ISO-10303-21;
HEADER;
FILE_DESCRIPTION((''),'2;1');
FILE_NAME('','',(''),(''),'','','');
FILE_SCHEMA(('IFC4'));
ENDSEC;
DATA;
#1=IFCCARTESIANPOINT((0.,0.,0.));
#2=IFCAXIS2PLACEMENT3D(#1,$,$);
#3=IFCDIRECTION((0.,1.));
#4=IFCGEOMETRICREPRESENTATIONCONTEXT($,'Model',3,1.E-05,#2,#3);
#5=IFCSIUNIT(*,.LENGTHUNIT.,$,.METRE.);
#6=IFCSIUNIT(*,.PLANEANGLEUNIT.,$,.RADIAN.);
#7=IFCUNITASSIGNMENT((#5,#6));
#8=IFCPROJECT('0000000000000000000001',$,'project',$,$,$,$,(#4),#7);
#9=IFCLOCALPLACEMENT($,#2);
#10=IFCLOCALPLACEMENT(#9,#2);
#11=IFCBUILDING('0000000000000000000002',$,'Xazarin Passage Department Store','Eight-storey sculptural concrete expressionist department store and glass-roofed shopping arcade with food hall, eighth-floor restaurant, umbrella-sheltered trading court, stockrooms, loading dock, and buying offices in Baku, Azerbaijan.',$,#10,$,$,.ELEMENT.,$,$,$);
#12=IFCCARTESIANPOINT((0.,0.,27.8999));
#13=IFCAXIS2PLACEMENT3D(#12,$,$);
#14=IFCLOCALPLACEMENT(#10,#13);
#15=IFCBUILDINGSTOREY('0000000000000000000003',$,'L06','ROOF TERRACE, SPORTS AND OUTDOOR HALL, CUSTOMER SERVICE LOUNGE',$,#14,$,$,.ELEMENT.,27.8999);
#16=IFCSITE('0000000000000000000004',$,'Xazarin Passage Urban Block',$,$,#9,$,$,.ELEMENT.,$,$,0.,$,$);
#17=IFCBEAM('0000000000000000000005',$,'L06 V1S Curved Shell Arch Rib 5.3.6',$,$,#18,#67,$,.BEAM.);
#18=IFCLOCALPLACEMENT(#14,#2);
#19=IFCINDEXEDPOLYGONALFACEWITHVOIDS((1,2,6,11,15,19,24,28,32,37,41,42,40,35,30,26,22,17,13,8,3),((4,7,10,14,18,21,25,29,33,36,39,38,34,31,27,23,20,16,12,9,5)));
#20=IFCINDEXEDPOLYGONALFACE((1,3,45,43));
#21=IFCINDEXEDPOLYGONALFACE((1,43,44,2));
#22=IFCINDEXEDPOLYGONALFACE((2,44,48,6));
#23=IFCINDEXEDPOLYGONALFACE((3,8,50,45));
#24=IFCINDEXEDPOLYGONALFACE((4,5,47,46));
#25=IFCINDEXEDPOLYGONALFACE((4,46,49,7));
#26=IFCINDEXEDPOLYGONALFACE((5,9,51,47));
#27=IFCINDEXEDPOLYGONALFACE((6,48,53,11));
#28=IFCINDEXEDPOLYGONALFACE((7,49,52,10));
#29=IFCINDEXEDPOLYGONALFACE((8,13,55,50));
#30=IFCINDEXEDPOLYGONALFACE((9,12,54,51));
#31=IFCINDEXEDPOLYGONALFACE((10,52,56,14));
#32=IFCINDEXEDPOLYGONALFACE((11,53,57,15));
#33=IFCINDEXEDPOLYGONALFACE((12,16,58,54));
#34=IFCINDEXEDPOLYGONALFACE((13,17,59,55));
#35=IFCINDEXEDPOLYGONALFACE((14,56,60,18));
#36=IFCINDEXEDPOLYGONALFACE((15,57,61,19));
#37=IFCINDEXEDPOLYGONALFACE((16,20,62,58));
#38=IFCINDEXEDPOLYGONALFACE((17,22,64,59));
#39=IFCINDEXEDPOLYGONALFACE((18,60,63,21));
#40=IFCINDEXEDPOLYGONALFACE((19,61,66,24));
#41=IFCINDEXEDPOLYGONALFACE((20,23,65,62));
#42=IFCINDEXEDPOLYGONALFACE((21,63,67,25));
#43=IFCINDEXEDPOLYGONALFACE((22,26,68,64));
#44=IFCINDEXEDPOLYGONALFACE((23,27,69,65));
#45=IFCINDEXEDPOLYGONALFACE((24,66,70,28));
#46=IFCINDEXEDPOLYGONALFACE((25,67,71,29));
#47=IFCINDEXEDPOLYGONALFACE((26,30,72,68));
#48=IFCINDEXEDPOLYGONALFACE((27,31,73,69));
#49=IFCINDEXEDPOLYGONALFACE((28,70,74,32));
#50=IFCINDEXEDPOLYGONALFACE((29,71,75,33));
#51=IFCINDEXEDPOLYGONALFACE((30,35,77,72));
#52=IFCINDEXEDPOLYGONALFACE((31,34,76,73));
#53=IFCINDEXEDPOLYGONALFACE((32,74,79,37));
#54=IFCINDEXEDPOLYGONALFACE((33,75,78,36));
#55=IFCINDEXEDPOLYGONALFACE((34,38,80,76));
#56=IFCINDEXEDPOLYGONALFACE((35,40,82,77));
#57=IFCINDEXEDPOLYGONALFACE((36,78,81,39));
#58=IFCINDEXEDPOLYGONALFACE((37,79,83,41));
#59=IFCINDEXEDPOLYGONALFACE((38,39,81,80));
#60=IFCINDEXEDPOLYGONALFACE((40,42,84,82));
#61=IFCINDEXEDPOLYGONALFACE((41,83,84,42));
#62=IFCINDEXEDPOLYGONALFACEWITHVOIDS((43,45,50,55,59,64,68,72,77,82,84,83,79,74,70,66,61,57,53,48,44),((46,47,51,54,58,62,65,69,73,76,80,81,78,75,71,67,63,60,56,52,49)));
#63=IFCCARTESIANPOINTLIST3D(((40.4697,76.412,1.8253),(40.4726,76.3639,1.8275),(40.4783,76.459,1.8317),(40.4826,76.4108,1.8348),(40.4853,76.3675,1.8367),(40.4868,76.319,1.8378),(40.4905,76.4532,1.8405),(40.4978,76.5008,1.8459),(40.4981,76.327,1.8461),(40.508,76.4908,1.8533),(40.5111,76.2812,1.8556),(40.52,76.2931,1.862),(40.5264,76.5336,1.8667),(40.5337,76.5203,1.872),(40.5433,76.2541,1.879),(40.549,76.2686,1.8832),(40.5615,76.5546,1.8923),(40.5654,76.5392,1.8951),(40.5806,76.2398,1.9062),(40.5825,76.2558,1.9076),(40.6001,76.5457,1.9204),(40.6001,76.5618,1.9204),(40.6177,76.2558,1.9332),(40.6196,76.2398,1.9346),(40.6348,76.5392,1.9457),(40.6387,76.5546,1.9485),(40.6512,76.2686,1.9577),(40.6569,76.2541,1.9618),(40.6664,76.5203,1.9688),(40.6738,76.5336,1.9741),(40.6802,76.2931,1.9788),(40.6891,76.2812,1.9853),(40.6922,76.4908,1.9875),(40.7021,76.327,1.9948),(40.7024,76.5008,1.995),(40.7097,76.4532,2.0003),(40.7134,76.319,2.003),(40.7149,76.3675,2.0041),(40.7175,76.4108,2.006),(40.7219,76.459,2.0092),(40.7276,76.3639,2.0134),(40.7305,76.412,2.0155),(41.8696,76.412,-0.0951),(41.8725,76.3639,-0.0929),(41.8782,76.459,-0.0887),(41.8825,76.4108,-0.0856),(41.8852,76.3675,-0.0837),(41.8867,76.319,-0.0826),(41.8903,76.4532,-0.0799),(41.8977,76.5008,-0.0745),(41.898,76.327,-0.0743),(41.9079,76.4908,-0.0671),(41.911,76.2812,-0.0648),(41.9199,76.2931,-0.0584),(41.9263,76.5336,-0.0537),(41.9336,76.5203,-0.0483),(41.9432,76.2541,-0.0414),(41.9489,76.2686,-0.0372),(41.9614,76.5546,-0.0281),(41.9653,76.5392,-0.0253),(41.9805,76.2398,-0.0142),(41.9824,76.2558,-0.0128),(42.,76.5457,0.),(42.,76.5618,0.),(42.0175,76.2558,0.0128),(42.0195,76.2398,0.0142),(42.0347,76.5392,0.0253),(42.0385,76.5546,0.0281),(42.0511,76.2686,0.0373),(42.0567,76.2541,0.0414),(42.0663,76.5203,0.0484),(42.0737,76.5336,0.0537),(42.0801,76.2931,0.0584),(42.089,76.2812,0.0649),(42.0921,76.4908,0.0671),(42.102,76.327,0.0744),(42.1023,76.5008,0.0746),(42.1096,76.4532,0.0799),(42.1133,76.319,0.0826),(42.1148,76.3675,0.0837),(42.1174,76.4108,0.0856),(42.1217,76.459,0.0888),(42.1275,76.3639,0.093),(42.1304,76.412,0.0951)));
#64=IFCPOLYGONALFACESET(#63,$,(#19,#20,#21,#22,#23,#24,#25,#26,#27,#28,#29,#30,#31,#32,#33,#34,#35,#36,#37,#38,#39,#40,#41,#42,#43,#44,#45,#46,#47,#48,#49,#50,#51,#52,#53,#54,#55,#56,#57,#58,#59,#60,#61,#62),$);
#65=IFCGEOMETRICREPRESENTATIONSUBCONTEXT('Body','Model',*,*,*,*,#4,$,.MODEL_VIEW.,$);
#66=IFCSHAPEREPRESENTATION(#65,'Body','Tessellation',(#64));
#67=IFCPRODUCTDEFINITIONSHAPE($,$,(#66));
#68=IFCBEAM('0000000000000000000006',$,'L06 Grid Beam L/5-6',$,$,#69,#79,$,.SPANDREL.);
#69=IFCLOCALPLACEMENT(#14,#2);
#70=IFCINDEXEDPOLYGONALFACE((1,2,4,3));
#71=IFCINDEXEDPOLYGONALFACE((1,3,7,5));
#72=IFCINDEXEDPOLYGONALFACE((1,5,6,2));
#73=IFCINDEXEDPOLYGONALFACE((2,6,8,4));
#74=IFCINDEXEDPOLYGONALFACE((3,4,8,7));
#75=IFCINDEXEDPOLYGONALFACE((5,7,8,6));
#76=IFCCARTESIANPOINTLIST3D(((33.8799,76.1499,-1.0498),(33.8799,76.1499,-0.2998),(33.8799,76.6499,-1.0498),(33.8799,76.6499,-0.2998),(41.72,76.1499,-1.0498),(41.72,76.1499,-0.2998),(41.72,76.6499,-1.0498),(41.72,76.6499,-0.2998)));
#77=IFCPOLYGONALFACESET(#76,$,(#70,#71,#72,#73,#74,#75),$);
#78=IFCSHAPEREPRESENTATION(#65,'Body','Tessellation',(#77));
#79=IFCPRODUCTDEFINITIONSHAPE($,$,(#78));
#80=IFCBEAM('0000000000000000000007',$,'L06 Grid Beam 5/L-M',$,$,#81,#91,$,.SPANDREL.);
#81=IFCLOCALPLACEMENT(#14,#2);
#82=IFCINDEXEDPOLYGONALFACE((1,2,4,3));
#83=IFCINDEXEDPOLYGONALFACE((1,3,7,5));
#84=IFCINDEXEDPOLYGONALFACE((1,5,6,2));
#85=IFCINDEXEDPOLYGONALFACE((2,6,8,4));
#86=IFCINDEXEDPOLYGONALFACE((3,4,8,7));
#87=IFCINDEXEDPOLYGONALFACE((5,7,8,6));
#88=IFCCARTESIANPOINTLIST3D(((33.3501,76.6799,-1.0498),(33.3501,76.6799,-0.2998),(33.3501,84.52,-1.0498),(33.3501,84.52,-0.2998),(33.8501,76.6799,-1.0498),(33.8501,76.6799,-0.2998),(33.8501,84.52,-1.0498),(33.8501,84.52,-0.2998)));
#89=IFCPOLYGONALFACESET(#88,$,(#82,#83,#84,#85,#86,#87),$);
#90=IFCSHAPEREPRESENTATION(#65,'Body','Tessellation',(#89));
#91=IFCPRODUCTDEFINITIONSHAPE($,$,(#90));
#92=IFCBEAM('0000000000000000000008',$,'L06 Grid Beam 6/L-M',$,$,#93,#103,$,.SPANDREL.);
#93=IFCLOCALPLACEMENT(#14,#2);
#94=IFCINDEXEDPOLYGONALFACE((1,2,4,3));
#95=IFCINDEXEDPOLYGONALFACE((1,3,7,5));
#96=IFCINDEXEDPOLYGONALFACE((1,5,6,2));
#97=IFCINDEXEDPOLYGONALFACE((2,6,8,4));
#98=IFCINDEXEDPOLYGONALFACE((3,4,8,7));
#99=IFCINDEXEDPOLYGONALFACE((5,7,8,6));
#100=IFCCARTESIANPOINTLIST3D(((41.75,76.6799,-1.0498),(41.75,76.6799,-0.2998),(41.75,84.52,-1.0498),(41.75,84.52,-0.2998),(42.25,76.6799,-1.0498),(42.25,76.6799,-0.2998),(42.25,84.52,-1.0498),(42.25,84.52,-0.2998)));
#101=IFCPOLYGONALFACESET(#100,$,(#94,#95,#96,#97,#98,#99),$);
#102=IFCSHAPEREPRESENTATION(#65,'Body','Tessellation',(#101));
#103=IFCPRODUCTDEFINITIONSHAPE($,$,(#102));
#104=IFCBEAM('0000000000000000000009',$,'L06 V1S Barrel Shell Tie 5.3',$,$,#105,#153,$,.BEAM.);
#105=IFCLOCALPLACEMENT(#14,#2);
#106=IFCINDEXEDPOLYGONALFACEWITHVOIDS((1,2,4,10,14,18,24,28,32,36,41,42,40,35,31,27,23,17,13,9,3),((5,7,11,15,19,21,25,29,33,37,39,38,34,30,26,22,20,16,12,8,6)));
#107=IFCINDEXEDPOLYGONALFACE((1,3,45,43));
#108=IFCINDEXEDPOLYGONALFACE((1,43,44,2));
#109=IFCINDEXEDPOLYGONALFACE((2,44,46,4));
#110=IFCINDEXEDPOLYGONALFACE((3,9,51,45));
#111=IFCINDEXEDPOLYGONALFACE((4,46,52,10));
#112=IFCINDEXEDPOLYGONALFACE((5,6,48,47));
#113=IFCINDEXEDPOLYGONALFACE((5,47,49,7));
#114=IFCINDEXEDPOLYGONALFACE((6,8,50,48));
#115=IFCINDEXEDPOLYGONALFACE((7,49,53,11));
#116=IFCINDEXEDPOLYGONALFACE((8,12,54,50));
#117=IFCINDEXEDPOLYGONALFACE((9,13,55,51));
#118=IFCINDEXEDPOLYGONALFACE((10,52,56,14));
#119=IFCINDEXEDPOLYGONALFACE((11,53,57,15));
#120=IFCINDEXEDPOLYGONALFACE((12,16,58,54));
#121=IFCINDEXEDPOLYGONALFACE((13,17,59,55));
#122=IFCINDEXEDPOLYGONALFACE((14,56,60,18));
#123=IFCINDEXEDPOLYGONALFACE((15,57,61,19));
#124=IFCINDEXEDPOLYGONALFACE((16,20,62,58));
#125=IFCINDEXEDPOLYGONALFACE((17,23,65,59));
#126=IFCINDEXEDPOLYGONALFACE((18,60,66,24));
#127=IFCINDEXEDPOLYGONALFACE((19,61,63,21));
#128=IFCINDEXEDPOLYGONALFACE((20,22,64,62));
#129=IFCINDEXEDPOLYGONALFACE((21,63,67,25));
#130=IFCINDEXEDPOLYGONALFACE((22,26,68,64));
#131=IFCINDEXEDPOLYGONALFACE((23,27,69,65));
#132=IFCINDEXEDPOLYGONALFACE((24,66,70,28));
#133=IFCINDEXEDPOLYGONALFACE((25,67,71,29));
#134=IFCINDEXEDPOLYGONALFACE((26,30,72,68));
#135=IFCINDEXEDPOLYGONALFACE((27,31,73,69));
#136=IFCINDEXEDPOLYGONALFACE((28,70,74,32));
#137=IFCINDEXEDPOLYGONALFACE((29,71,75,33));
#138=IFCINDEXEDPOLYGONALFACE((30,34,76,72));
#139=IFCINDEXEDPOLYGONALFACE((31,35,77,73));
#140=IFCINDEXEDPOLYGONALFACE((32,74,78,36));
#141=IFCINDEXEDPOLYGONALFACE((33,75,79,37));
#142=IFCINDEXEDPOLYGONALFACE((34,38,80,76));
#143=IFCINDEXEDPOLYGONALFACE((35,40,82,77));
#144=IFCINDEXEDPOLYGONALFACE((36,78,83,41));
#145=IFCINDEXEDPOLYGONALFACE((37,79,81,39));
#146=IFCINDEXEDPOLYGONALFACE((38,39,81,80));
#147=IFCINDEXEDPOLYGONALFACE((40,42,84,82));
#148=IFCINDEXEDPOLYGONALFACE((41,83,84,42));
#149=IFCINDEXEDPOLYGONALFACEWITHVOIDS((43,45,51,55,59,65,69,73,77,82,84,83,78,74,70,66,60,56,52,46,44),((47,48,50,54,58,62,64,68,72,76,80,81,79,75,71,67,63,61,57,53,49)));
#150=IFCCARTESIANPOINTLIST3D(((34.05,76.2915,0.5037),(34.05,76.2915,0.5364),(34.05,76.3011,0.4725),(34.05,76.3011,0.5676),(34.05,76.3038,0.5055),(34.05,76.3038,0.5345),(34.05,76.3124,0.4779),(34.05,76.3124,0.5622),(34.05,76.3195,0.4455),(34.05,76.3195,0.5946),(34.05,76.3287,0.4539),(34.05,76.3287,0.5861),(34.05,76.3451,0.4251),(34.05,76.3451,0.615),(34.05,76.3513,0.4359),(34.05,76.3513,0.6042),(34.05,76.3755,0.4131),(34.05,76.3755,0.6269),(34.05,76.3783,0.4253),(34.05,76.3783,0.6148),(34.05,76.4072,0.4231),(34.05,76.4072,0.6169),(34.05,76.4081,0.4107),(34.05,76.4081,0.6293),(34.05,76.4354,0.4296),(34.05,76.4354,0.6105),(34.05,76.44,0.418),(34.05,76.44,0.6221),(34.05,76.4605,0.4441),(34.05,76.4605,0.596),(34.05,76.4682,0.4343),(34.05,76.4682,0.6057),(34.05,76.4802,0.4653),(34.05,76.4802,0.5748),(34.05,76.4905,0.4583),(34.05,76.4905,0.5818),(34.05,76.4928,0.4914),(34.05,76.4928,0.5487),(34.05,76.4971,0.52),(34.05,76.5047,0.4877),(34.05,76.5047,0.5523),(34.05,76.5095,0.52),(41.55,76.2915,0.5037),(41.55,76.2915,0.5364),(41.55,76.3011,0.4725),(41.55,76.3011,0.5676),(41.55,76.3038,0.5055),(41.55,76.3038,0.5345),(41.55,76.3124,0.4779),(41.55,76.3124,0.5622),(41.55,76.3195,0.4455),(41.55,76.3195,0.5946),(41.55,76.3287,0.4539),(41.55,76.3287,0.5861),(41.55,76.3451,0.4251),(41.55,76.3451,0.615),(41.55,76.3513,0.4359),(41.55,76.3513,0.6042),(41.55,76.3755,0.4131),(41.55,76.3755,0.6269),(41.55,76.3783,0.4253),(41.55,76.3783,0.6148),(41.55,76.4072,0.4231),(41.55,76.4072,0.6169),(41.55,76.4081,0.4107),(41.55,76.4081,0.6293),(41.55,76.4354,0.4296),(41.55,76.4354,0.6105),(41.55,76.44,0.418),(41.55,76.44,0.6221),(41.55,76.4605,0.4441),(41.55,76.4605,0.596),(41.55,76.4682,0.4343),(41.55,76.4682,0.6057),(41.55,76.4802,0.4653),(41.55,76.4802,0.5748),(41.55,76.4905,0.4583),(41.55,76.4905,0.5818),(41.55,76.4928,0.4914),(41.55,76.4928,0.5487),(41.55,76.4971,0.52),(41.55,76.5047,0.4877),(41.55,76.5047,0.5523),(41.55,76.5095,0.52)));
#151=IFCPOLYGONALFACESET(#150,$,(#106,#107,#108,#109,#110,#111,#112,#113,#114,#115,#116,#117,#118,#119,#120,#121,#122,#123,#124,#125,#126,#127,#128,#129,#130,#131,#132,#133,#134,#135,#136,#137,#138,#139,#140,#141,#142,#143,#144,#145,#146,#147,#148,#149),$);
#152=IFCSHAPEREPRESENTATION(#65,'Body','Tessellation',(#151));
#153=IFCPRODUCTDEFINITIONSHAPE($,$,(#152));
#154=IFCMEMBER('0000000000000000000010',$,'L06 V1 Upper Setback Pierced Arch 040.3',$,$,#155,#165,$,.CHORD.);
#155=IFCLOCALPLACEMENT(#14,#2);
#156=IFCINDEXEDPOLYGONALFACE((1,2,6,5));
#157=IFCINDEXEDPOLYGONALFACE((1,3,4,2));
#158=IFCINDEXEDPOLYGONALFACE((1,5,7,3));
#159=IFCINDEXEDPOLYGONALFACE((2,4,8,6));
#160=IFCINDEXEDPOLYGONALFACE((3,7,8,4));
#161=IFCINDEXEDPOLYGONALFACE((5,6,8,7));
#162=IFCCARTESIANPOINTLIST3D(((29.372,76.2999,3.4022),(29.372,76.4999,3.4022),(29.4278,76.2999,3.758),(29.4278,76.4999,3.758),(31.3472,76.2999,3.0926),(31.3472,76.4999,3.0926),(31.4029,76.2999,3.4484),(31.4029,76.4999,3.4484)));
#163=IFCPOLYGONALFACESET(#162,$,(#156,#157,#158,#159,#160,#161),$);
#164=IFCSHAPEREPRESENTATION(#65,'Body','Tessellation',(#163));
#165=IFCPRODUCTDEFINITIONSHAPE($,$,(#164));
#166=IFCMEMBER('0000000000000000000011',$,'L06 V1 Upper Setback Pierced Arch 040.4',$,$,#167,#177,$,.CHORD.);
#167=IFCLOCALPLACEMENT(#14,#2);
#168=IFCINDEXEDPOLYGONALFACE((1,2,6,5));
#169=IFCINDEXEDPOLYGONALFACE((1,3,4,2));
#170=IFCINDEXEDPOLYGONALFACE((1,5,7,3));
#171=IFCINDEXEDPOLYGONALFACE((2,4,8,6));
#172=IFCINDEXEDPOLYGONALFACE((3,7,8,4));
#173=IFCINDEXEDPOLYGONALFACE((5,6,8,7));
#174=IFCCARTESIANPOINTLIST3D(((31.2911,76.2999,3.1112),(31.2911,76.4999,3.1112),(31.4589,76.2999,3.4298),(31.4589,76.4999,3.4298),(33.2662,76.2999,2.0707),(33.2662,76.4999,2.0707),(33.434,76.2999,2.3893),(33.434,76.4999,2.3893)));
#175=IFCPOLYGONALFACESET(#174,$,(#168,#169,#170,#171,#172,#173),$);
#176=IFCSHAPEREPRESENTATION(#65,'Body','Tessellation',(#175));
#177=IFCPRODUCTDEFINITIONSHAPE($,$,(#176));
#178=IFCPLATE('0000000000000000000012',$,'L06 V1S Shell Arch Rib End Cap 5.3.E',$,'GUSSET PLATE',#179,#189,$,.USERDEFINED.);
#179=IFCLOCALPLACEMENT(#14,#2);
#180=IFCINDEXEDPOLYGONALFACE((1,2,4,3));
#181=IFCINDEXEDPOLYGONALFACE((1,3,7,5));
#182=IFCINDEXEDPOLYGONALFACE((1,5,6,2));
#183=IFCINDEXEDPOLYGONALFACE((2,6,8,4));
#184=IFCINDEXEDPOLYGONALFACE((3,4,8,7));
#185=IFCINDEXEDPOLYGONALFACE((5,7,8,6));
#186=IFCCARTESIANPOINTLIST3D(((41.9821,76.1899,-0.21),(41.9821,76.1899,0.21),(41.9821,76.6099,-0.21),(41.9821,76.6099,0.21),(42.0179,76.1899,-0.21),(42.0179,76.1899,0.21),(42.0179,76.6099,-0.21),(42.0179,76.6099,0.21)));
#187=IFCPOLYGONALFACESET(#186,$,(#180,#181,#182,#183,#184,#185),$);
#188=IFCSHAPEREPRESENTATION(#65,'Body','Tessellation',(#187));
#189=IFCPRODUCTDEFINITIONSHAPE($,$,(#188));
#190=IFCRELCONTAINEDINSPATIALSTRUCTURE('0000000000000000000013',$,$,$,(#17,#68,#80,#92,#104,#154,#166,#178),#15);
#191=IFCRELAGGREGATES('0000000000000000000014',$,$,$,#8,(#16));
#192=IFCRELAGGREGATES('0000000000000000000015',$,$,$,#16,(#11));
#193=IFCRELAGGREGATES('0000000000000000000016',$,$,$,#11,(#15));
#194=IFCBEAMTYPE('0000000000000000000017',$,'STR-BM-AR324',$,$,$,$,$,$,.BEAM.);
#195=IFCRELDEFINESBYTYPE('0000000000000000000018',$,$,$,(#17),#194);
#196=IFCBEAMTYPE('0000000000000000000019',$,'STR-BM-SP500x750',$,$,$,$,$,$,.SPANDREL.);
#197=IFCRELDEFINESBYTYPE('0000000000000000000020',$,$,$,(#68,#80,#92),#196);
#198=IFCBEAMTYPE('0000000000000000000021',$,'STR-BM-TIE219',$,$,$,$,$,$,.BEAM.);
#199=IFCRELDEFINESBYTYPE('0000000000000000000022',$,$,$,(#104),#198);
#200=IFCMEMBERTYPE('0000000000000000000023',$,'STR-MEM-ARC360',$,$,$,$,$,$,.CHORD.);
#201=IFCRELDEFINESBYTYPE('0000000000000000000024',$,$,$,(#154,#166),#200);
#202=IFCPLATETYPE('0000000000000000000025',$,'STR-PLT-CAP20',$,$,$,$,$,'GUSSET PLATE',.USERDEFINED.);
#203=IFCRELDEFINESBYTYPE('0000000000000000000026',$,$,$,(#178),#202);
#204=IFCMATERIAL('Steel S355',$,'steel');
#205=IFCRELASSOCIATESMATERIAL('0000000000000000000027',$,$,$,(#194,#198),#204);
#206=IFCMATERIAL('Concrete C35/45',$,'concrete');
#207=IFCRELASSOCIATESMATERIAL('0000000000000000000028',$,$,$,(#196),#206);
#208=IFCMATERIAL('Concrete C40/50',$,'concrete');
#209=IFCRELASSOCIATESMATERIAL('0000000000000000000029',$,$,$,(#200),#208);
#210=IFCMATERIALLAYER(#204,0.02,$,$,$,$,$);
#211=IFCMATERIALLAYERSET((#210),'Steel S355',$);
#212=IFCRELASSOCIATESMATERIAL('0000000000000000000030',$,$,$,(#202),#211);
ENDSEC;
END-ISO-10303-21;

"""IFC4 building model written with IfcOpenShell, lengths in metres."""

from ifc_helpers import new_model, si_unit, direction, frame, origin, origin_2d, place, context, subcontext, project, spatial, rectangle, hollow_circle, extrude, material, layer, layer_set, material_profile, profile_set, type_object, element, save


model = new_model("IFC4")

# Units and contexts
model_context = context("Model", 3, precision=1e-05, world=origin(), true_north=direction((0.0, 1.0)))
body_context = subcontext(model_context, "Body", "Model", "MODEL_VIEW")
ifc_project = project(units=[si_unit("LENGTHUNIT", "METRE"), si_unit("PLANEANGLEUNIT", "RADIAN")], contexts=[model_context])

# Site, building, storey
site_placement = place(None, origin())
site = spatial("IfcSite", under=ifc_project, at=site_placement, Name="Xazarin Passage Urban Block", CompositionType="ELEMENT", RefElevation=0.0)
building_placement = place(site_placement, origin())
building = spatial("IfcBuilding", under=site, at=building_placement, Name="Xazarin Passage Department Store", Description="Eight-storey sculptural concrete expressionist department store and glass-roofed shopping arcade with food hall, eighth-floor restaurant, umbrella-sheltered trading court, stockrooms, loading dock, and buying offices in Baku, Azerbaijan.", CompositionType="ELEMENT")
storey_placement = place(building_placement, frame((0.0, 0.0, 27.8999)))
storey = spatial("IfcBuildingStorey", under=building, at=storey_placement, Name="L06", Description="ROOF TERRACE, SPORTS AND OUTDOOR HALL, CUSTOMER SERVICE LOUNGE", CompositionType="ELEMENT", Elevation=27.8999)

# Shared definitions
ifc_material_1 = material(Name="Concrete C40/50", Category="concrete")

# Beams
ifc_material_2 = material(Name="Steel S355", Category="steel")
ifc_material_profile_1 = material_profile(ifc_material_2, hollow_circle(Radius=0.1619, WallThickness=0.0161, at=origin_2d()), Name="CHS 323.9x16")
ifc_profile_set_1 = profile_set([ifc_material_profile_1], Name="Steel S355")
beam_type_1 = type_object("IfcBeamType", Name="STR-BM-AR324", PredefinedType="BEAM", material=ifc_profile_set_1)
beam_1_placement = place(storey_placement, frame((40.6001, 76.3999, 1.9204), z_axis=(0.589063, 0.0, -0.808087), x_axis=(0.0, 1.0, 0.0)))
element("IfcBeam", 1, at=beam_1_placement, inside=storey, type_object=beam_type_1, Name="L06 V1S Curved Shell Arch Rib 5.3.6", PredefinedType="BEAM", context=body_context, shape_type="SweptSolid", body=[
    extrude(hollow_circle(Radius=0.1619, WallThickness=0.0161, at=origin_2d()), origin(), (0.0, 0.0, 1.0), 2.3765),
])
ifc_material_3 = material(Name="Concrete C35/45", Category="concrete")
ifc_material_profile_2 = material_profile(ifc_material_3, rectangle(XDim=0.5, YDim=0.75, at=origin_2d()), Name="RC 500x750")
ifc_profile_set_2 = profile_set([ifc_material_profile_2], Name="Concrete C35/45")
beam_type_2 = type_object("IfcBeamType", Name="STR-BM-SP500x750", PredefinedType="SPANDREL", material=ifc_profile_set_2)
for number, where, z_axis, x_axis, name in (
    (2, (33.8799, 76.3999, -0.6748), (1.0, 0.0, 0.0), (0.0, 1.0, 0.0), "L06 Grid Beam L/5-6"),
    (3, (33.6001, 76.6799, -0.6748), (0.0, 1.0, 0.0), (-1.0, 0.0, 0.0), "L06 Grid Beam 5/L-M"),
    (4, (42.0, 76.6799, -0.6748), (0.0, 1.0, 0.0), (-1.0, 0.0, 0.0), "L06 Grid Beam 6/L-M"),
):
    element("IfcBeam", number, at=place(storey_placement, frame(where, z_axis=z_axis, x_axis=x_axis)), inside=storey, type_object=beam_type_2, Name=name, PredefinedType="SPANDREL", context=body_context, shape_type="SweptSolid", body=[
        extrude(rectangle(XDim=0.5, YDim=0.75, at=origin_2d()), origin(), (0.0, 0.0, 1.0), 7.8401),
    ])
ifc_material_profile_3 = material_profile(ifc_material_2, hollow_circle(Radius=0.1096, WallThickness=0.0125, at=origin_2d()), Name="CHS 219.1x12.5")
ifc_profile_set_3 = profile_set([ifc_material_profile_3], Name="Steel S355")
beam_type_3 = type_object("IfcBeamType", Name="STR-BM-TIE219", PredefinedType="BEAM", material=ifc_profile_set_3)
beam_2_placement = place(storey_placement, frame((34.05, 76.3999, 0.52), z_axis=(1.0, 0.0, 0.0), x_axis=(0.0, 1.0, 0.0)))
element("IfcBeam", 5, at=beam_2_placement, inside=storey, type_object=beam_type_3, Name="L06 V1S Barrel Shell Tie 5.3", PredefinedType="BEAM", context=body_context, shape_type="SweptSolid", body=[
    extrude(hollow_circle(Radius=0.1096, WallThickness=0.0125, at=origin_2d()), origin(), (0.0, 0.0, 1.0), 7.5),
])

# Members
ifc_material_profile_4 = material_profile(ifc_material_1, rectangle(XDim=0.2, YDim=0.3601, at=origin_2d()), Name="RC 200x360")
ifc_profile_set_4 = profile_set([ifc_material_profile_4], Name="Concrete C40/50")
member_type = type_object("IfcMemberType", Name="STR-MEM-ARC360", PredefinedType="CHORD", material=ifc_profile_set_4)
member_1_placement = place(storey_placement, frame((29.3999, 76.3999, 3.5801), z_axis=(0.987939, 0.0, -0.154846), x_axis=(0.0, 1.0, 0.0)))
element("IfcMember", 6, at=member_1_placement, inside=storey, type_object=member_type, Name="L06 V1 Upper Setback Pierced Arch 040.3", PredefinedType="CHORD", context=body_context, shape_type="SweptSolid", body=[
    extrude(rectangle(XDim=0.2, YDim=0.3601, at=origin_2d()), origin(), (0.0, 0.0, 1.0), 1.9993),
])
member_2_placement = place(storey_placement, frame((31.375, 76.3999, 3.2705), z_axis=(0.884733, 0.0, -0.466098), x_axis=(0.0, 1.0, 0.0)))
element("IfcMember", 7, at=member_2_placement, inside=storey, type_object=member_type, Name="L06 V1 Upper Setback Pierced Arch 040.4", PredefinedType="CHORD", context=body_context, shape_type="SweptSolid", body=[
    extrude(rectangle(XDim=0.2, YDim=0.3601, at=origin_2d()), origin(), (0.0, 0.0, 1.0), 2.2324),
])

# Plate
ifc_layer_1 = layer(ifc_material_2, 0.02)
ifc_layer_set_1 = layer_set([ifc_layer_1], Name="Steel S355")
plate_type = type_object("IfcPlateType", Name="STR-PLT-CAP20", ElementType="GUSSET PLATE", PredefinedType="USERDEFINED", material=ifc_layer_set_1)
plate_placement = place(storey_placement, frame((42.0, 76.3999, -0.21), z_axis=(0.0, 0.0, 1.0), x_axis=(1.0, 0.0, 0.0)))
element("IfcPlate", 8, at=plate_placement, inside=storey, type_object=plate_type, Name="L06 V1S Shell Arch Rib End Cap 5.3.E", ObjectType="GUSSET PLATE", PredefinedType="USERDEFINED", context=body_context, shape_type="SweptSolid", body=[
    extrude(rectangle(XDim=0.0359, YDim=0.4199, at=origin_2d()), origin(), (0.0, 0.0, 1.0), 0.4199),
])

save(model, "model.ifc")
